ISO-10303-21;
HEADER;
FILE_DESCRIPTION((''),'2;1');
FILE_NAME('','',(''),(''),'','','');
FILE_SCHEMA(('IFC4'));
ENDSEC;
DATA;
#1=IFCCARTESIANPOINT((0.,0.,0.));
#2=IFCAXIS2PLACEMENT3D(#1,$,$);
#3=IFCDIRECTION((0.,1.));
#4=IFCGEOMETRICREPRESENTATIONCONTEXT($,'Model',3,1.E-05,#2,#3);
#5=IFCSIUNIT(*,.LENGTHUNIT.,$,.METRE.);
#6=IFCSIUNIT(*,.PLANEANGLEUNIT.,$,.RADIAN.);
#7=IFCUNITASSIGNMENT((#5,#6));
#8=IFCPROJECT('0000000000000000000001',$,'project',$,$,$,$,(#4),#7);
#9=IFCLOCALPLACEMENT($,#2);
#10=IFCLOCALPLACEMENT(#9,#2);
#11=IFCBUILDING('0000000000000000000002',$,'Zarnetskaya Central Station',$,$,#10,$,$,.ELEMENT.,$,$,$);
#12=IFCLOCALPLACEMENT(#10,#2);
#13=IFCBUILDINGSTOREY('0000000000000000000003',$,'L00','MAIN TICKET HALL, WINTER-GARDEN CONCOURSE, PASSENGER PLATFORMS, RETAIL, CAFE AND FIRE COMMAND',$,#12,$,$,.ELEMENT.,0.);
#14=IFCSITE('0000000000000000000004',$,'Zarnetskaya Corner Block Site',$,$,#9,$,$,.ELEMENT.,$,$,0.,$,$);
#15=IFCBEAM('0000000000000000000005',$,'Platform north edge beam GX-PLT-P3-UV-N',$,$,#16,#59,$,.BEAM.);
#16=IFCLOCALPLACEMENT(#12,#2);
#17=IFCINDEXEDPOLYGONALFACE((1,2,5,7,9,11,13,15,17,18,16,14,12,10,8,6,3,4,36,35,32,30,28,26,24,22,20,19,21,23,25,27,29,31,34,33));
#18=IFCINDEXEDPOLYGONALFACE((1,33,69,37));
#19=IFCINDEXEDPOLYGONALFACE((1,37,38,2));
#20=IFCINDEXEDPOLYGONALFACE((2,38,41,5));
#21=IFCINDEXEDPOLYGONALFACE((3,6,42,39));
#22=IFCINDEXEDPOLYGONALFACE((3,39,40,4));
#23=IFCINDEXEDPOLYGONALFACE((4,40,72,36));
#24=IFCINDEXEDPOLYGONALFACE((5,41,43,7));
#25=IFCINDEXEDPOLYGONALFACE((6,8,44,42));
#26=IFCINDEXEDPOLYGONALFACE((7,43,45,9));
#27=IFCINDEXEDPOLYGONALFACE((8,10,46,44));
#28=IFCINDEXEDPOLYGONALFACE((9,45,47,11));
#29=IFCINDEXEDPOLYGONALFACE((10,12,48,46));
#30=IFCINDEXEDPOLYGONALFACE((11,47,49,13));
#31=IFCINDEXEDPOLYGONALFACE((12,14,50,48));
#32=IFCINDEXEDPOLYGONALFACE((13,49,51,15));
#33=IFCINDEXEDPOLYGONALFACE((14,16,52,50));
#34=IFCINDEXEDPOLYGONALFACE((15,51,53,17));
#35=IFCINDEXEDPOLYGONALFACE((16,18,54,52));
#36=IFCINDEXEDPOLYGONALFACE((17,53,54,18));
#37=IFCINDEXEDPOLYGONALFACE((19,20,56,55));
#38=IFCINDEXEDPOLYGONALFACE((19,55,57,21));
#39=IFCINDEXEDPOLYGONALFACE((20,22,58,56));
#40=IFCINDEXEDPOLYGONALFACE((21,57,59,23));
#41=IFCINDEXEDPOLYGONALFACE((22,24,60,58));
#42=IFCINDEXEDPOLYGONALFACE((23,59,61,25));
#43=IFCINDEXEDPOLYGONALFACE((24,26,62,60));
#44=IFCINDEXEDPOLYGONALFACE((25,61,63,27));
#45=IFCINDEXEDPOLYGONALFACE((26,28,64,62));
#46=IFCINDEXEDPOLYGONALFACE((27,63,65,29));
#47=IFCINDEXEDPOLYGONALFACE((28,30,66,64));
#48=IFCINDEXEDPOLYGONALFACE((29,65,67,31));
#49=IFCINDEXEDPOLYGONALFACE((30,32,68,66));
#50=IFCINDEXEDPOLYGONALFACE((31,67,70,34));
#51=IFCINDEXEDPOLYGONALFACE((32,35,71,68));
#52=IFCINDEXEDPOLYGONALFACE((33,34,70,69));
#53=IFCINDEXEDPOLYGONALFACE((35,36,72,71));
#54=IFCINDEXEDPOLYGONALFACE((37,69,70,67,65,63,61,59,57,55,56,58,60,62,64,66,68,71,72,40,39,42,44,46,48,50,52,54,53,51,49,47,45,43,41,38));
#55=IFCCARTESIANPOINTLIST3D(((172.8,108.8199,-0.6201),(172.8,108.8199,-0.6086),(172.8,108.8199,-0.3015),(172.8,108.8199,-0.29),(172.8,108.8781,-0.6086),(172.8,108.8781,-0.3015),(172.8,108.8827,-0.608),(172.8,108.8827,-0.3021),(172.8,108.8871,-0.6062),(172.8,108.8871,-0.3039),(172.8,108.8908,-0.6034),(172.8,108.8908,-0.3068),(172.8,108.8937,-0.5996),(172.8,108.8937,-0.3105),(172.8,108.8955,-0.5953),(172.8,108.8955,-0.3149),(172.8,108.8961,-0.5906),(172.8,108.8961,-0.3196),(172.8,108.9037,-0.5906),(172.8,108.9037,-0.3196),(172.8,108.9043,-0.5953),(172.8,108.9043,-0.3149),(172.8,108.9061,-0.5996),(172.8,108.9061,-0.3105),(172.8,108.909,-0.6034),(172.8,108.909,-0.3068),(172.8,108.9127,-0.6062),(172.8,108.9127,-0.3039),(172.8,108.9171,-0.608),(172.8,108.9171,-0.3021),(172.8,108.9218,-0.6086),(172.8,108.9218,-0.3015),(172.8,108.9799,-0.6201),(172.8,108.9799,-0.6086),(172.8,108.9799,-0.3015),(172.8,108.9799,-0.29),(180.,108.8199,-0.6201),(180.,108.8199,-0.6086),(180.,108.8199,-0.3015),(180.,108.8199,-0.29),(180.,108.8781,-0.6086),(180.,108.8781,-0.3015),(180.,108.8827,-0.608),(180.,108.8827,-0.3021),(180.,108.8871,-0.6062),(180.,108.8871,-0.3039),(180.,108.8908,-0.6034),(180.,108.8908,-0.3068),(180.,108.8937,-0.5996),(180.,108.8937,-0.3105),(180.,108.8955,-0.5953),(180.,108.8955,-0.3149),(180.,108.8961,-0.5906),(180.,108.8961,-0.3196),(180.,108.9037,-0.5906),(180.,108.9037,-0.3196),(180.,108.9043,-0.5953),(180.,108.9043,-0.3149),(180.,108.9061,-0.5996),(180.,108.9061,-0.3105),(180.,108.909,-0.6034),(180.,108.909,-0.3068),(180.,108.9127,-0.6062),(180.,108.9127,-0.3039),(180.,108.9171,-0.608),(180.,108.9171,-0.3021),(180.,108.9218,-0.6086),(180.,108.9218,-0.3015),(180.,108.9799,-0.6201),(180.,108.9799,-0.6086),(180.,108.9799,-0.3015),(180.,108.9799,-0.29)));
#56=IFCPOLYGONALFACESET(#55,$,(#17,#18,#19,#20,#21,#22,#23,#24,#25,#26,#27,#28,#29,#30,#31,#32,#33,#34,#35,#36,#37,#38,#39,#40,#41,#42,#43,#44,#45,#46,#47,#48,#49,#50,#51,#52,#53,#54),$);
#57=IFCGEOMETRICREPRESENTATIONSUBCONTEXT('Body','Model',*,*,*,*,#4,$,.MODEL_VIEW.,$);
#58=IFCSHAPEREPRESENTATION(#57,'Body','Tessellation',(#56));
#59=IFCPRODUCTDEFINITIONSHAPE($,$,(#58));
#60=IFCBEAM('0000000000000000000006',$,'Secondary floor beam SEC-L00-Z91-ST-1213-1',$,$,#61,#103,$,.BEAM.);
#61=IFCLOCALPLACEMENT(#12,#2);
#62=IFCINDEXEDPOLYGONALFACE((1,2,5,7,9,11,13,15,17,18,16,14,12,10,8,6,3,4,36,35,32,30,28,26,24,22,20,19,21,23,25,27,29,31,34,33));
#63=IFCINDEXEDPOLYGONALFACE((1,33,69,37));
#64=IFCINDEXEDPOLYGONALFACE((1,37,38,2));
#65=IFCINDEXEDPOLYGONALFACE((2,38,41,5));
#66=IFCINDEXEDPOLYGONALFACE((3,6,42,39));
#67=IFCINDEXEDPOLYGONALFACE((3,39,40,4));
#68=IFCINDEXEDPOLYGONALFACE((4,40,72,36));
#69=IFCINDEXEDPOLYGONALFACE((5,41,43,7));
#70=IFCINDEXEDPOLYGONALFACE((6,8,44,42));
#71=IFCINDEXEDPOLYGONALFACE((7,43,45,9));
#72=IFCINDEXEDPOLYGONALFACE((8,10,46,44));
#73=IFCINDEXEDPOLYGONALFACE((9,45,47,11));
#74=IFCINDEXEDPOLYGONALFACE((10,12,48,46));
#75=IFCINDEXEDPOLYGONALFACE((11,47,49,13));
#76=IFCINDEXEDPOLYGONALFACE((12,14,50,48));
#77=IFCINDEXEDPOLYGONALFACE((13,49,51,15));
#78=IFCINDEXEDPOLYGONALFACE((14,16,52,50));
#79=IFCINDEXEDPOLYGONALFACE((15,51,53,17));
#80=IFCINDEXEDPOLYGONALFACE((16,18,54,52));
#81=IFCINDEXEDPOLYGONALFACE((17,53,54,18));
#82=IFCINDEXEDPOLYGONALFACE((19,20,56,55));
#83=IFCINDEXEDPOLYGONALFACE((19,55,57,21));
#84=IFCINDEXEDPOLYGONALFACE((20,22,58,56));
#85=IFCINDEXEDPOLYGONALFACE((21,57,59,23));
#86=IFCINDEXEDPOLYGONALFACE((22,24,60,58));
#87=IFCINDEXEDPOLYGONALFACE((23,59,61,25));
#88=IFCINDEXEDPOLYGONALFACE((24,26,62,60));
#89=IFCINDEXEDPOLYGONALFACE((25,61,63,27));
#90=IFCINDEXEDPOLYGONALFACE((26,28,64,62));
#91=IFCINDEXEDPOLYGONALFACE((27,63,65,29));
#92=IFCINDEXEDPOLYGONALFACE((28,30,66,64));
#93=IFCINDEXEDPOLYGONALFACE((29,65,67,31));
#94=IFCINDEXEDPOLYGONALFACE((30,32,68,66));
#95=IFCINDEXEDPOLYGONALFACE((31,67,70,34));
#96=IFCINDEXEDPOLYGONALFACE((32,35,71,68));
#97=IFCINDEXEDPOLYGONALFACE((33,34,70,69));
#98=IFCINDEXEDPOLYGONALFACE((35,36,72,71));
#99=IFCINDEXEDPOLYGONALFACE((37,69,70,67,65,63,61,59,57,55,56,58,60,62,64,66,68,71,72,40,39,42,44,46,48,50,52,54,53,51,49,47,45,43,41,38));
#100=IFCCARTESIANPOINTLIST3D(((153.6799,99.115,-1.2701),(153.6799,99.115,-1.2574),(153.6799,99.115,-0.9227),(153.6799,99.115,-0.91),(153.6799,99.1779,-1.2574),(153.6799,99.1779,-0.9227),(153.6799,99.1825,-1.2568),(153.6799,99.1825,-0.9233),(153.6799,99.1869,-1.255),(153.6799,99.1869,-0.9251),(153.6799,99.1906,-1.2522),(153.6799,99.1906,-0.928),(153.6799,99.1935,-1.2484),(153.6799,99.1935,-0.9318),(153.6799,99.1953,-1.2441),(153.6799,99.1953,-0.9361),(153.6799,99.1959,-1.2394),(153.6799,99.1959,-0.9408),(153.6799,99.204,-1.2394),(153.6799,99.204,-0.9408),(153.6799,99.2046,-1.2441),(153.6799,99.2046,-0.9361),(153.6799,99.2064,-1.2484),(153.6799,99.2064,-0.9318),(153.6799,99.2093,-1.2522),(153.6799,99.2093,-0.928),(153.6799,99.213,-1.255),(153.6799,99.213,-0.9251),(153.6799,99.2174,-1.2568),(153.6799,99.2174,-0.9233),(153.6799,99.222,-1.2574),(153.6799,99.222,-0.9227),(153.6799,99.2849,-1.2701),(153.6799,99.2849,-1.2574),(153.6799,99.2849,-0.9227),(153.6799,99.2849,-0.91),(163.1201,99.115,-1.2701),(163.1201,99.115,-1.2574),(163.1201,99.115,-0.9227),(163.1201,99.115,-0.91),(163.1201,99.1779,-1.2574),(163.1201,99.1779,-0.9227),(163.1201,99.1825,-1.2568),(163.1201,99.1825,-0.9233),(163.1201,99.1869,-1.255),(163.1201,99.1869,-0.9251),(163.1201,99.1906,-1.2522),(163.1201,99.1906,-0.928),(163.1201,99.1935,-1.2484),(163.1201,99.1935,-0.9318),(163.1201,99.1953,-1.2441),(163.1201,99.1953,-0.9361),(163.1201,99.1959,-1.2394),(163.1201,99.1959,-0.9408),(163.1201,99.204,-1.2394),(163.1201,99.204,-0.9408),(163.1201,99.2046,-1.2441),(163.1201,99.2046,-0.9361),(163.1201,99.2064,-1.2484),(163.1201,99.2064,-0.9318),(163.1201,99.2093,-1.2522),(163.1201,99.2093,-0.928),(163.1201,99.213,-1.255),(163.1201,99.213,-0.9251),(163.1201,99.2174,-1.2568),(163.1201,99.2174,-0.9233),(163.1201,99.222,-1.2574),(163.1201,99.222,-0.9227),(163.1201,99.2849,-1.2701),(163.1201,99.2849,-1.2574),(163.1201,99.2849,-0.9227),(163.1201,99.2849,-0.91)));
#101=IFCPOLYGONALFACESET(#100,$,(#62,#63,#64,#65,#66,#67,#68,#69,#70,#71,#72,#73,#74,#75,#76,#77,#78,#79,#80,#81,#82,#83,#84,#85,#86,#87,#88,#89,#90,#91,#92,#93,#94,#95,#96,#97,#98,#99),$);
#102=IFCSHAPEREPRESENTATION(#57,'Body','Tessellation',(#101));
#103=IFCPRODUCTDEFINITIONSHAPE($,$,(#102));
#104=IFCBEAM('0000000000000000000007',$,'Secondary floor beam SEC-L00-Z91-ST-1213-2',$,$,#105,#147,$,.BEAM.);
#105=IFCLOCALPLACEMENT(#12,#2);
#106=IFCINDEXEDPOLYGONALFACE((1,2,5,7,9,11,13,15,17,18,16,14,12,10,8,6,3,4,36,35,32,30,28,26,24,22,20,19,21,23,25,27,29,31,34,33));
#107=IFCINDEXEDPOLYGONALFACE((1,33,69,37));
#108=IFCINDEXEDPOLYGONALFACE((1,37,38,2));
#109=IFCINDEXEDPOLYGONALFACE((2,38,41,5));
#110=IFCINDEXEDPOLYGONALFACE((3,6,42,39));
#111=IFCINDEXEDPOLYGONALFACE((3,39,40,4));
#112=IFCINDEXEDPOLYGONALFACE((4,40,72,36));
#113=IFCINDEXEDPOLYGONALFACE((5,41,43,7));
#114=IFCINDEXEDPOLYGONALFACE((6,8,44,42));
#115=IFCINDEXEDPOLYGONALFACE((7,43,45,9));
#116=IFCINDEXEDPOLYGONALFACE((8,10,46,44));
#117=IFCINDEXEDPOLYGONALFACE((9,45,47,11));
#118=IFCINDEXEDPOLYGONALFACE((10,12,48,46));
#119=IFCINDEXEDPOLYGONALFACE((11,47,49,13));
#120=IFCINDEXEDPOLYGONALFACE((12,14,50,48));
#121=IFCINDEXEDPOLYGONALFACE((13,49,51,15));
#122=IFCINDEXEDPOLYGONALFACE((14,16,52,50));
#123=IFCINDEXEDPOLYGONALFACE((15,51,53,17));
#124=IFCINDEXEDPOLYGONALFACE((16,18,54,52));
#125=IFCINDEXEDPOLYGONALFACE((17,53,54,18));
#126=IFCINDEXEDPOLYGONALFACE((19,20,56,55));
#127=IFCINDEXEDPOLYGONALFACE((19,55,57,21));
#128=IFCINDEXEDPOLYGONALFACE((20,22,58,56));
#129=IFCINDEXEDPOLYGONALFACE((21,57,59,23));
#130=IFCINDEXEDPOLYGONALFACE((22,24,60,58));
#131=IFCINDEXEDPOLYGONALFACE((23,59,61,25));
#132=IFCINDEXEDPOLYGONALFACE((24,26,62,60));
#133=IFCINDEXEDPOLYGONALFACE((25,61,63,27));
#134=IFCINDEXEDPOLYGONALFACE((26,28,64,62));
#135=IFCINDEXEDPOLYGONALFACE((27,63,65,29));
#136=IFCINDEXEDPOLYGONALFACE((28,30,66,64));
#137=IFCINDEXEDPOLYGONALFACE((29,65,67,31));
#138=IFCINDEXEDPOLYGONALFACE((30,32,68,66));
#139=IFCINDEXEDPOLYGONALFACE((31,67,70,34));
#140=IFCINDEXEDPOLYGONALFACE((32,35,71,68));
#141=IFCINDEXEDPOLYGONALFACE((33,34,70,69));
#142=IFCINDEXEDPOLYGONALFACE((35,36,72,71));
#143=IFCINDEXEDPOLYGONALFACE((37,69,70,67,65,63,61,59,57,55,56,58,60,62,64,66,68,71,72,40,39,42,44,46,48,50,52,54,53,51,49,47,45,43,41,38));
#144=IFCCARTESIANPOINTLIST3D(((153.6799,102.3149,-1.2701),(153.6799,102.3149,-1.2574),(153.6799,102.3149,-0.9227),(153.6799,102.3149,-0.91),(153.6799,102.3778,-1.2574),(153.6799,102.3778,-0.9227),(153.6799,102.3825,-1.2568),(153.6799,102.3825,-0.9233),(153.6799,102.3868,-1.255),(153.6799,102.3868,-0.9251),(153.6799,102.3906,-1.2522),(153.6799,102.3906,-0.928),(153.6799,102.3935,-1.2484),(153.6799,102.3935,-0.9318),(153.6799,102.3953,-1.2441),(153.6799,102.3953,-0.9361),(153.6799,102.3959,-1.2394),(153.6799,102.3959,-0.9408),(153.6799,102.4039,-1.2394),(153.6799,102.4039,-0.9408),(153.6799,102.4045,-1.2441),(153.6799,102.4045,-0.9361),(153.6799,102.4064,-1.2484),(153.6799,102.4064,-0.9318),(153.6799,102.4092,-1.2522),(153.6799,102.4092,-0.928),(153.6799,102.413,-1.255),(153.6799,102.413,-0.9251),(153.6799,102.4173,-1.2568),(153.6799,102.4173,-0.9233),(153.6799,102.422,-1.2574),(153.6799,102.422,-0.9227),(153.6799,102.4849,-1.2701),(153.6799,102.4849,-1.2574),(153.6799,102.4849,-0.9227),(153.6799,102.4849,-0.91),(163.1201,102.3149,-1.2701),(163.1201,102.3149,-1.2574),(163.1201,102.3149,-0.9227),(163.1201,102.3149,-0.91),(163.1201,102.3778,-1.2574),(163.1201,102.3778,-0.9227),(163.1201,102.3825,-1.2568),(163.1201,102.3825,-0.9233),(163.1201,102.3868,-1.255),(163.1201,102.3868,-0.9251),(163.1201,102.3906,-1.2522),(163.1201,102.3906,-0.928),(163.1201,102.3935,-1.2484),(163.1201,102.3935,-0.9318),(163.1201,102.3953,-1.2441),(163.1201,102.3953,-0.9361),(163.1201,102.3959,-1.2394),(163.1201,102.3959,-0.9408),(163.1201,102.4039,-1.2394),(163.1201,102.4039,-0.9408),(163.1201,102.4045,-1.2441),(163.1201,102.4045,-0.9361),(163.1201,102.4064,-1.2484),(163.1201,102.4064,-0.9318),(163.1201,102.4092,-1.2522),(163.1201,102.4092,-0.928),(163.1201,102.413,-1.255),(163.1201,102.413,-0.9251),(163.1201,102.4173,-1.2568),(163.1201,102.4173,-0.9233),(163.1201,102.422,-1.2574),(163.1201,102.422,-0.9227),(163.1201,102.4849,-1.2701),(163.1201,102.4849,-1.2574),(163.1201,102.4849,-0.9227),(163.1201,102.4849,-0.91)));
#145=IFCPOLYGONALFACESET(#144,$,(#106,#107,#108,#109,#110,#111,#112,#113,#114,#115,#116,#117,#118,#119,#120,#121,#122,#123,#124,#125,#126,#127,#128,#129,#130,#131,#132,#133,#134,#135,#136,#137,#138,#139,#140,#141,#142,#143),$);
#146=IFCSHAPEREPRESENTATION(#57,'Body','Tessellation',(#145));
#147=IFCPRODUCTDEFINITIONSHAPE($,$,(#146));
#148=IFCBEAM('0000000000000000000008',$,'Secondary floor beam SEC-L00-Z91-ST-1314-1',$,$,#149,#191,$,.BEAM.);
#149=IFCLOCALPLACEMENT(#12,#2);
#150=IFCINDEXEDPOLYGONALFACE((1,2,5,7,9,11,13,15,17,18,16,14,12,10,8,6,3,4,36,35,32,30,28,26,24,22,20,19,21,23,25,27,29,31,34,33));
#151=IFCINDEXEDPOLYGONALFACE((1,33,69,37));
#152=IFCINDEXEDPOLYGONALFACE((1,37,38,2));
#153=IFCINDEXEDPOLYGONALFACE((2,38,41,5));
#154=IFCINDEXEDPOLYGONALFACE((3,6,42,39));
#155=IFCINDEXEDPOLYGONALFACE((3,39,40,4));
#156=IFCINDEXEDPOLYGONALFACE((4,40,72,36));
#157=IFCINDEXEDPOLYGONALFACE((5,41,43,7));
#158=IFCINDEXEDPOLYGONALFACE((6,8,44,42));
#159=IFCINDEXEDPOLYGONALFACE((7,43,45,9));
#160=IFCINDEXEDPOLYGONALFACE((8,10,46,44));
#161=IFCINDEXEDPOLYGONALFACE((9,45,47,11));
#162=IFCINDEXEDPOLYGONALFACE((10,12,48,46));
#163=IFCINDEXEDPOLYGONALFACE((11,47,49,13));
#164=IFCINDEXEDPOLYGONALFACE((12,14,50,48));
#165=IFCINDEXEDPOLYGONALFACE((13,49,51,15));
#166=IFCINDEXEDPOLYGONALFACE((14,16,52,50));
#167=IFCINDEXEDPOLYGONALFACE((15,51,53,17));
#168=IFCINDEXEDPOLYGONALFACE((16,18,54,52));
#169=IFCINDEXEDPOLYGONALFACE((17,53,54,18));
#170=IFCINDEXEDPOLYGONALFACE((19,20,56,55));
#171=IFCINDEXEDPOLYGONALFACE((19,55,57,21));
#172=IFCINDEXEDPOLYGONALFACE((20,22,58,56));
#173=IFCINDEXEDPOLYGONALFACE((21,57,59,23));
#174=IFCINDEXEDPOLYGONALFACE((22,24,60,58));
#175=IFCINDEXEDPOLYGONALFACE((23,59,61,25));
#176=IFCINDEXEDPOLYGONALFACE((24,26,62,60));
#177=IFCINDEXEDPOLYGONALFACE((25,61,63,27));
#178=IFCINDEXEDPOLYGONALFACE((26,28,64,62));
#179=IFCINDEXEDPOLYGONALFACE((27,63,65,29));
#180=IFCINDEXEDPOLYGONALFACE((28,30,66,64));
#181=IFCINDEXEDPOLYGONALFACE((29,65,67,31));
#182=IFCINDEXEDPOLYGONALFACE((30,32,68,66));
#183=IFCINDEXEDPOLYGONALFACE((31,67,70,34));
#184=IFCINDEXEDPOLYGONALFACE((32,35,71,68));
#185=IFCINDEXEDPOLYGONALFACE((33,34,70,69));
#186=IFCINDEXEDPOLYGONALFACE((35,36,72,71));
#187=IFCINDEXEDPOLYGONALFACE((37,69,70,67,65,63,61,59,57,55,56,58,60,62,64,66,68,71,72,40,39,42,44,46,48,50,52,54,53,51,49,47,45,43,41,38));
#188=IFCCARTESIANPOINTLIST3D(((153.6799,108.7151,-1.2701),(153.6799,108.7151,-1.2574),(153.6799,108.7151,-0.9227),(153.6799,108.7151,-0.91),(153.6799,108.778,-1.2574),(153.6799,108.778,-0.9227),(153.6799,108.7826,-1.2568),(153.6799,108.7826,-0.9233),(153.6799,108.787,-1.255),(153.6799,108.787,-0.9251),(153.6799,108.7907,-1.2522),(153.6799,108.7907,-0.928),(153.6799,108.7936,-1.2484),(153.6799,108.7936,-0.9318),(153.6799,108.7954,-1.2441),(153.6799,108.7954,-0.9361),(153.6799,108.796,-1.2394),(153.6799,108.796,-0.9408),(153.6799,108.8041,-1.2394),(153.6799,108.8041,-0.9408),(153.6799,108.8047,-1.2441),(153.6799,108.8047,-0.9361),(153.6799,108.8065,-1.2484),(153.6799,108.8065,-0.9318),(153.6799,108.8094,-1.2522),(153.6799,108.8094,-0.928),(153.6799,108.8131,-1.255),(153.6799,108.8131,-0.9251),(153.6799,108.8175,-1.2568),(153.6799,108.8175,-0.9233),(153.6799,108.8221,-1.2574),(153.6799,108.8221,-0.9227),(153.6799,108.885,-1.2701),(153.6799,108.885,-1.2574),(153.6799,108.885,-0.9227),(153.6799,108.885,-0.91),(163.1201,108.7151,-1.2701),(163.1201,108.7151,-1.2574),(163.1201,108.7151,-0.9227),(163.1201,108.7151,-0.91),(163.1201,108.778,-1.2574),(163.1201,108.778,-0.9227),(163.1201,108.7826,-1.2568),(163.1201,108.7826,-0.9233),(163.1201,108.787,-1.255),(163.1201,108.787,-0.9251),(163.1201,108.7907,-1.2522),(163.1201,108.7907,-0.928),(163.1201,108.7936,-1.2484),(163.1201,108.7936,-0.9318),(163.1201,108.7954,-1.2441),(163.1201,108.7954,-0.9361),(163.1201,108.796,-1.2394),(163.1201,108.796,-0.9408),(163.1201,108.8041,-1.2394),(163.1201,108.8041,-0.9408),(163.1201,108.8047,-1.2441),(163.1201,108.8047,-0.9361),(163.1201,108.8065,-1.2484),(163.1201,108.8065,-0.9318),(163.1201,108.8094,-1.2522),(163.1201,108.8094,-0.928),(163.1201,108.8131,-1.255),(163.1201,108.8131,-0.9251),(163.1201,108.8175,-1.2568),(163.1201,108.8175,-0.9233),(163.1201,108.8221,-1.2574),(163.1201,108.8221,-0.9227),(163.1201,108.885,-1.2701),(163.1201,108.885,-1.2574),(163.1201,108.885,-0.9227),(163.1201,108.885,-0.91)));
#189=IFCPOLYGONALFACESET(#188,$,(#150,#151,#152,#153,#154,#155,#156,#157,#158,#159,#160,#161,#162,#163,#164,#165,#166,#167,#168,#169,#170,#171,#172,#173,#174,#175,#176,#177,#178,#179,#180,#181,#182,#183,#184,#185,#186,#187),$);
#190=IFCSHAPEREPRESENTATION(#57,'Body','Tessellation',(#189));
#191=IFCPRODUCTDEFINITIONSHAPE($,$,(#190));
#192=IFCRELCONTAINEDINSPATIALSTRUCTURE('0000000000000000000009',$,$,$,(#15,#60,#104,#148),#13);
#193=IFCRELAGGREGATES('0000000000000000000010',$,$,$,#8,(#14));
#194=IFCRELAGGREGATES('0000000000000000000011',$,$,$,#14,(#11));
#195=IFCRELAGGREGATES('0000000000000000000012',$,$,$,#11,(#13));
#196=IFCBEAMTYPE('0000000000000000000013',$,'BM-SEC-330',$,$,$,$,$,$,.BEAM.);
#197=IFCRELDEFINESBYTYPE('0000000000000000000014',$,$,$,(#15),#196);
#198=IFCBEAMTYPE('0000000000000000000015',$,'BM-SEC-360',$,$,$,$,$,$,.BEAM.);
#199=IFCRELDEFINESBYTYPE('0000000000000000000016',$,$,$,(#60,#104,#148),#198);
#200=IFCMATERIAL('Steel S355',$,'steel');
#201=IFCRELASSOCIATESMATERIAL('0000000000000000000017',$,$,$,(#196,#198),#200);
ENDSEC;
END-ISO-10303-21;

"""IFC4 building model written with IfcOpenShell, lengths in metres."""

from ifc_helpers import new_model, si_unit, direction, frame, origin, origin_2d, place, context, subcontext, project, spatial, i_section, extrude, material, material_profile, profile_set, type_object, element, save


model = new_model("IFC4")

# Units and contexts
model_context = context("Model", 3, precision=1e-05, world=origin(), true_north=direction((0.0, 1.0)))
body_context = subcontext(model_context, "Body", "Model", "MODEL_VIEW")
ifc_project = project(units=[si_unit("LENGTHUNIT", "METRE"), si_unit("PLANEANGLEUNIT", "RADIAN")], contexts=[model_context])

# Site, building, storey
site_placement = place(None, origin())
site = spatial("IfcSite", under=ifc_project, at=site_placement, Name="Zarnetskaya Corner Block Site", CompositionType="ELEMENT", RefElevation=0.0)
building_placement = place(site_placement, origin())
building = spatial("IfcBuilding", under=site, at=building_placement, Name="Zarnetskaya Central Station", CompositionType="ELEMENT")
storey_placement = place(building_placement, origin())
storey = spatial("IfcBuildingStorey", under=building, at=storey_placement, Name="L00", Description="MAIN TICKET HALL, WINTER-GARDEN CONCOURSE, PASSENGER PLATFORMS, RETAIL, CAFE AND FIRE COMMAND", CompositionType="ELEMENT", Elevation=0.0)

# Shared definitions
ifc_material = material(Name="Steel S355", Category="steel")

# Beams
ifc_material_profile_1 = material_profile(ifc_material, i_section(OverallWidth=0.1599, OverallDepth=0.3301, WebThickness=0.0076, FlangeThickness=0.0115, FilletRadius=0.0181, at=origin_2d()), Name="IPE 330")
ifc_profile_set_1 = profile_set([ifc_material_profile_1], Name="Steel S355")
beam_type_1 = type_object("IfcBeamType", Name="BM-SEC-330", PredefinedType="BEAM", material=ifc_profile_set_1)
for number, where, z_axis, x_axis, name in (
    (1, (172.8, 108.8999, -0.4551), (1.0, 0.0, 0.0), (0.0, 1.0, 0.0), "Platform north edge beam GX-PLT-P3-UV-N"),
):
    element("IfcBeam", number, at=place(storey_placement, frame(where, z_axis=z_axis, x_axis=x_axis)), inside=storey, type_object=beam_type_1, Name=name, PredefinedType="BEAM", context=body_context, shape_type="SweptSolid", body=[
        extrude(i_section(OverallWidth=0.1599, OverallDepth=0.3301, WebThickness=0.0076, FlangeThickness=0.0115, FilletRadius=0.0181, at=origin_2d()), origin(), (0.0, 0.0, 1.0), 7.2),
    ])
ifc_material_profile_2 = material_profile(ifc_material, i_section(OverallWidth=0.1699, OverallDepth=0.3601, WebThickness=0.0081, FlangeThickness=0.0127, FilletRadius=0.0181, at=origin_2d()), Name="IPE 360")
ifc_profile_set_2 = profile_set([ifc_material_profile_2], Name="Steel S355")
beam_type_2 = type_object("IfcBeamType", Name="BM-SEC-360", PredefinedType="BEAM", material=ifc_profile_set_2)
for number, where, z_axis, x_axis, name in (
    (2, (153.6799, 99.2, -1.0901), (1.0, 0.0, 0.0), (0.0, 1.0, 0.0), "Secondary floor beam SEC-L00-Z91-ST-1213-1"),
    (3, (153.6799, 102.3999, -1.0901), (1.0, 0.0, 0.0), (0.0, 1.0, 0.0), "Secondary floor beam SEC-L00-Z91-ST-1213-2"),
    (4, (153.6799, 108.8, -1.0901), (1.0, 0.0, 0.0), (0.0, 1.0, 0.0), "Secondary floor beam SEC-L00-Z91-ST-1314-1"),
):
    element("IfcBeam", number, at=place(storey_placement, frame(where, z_axis=z_axis, x_axis=x_axis)), inside=storey, type_object=beam_type_2, Name=name, PredefinedType="BEAM", context=body_context, shape_type="SweptSolid", body=[
        extrude(i_section(OverallWidth=0.1699, OverallDepth=0.3601, WebThickness=0.0081, FlangeThickness=0.0127, FilletRadius=0.0181, at=origin_2d()), origin(), (0.0, 0.0, 1.0), 9.4402),
    ])

save(model, "model.ifc")
